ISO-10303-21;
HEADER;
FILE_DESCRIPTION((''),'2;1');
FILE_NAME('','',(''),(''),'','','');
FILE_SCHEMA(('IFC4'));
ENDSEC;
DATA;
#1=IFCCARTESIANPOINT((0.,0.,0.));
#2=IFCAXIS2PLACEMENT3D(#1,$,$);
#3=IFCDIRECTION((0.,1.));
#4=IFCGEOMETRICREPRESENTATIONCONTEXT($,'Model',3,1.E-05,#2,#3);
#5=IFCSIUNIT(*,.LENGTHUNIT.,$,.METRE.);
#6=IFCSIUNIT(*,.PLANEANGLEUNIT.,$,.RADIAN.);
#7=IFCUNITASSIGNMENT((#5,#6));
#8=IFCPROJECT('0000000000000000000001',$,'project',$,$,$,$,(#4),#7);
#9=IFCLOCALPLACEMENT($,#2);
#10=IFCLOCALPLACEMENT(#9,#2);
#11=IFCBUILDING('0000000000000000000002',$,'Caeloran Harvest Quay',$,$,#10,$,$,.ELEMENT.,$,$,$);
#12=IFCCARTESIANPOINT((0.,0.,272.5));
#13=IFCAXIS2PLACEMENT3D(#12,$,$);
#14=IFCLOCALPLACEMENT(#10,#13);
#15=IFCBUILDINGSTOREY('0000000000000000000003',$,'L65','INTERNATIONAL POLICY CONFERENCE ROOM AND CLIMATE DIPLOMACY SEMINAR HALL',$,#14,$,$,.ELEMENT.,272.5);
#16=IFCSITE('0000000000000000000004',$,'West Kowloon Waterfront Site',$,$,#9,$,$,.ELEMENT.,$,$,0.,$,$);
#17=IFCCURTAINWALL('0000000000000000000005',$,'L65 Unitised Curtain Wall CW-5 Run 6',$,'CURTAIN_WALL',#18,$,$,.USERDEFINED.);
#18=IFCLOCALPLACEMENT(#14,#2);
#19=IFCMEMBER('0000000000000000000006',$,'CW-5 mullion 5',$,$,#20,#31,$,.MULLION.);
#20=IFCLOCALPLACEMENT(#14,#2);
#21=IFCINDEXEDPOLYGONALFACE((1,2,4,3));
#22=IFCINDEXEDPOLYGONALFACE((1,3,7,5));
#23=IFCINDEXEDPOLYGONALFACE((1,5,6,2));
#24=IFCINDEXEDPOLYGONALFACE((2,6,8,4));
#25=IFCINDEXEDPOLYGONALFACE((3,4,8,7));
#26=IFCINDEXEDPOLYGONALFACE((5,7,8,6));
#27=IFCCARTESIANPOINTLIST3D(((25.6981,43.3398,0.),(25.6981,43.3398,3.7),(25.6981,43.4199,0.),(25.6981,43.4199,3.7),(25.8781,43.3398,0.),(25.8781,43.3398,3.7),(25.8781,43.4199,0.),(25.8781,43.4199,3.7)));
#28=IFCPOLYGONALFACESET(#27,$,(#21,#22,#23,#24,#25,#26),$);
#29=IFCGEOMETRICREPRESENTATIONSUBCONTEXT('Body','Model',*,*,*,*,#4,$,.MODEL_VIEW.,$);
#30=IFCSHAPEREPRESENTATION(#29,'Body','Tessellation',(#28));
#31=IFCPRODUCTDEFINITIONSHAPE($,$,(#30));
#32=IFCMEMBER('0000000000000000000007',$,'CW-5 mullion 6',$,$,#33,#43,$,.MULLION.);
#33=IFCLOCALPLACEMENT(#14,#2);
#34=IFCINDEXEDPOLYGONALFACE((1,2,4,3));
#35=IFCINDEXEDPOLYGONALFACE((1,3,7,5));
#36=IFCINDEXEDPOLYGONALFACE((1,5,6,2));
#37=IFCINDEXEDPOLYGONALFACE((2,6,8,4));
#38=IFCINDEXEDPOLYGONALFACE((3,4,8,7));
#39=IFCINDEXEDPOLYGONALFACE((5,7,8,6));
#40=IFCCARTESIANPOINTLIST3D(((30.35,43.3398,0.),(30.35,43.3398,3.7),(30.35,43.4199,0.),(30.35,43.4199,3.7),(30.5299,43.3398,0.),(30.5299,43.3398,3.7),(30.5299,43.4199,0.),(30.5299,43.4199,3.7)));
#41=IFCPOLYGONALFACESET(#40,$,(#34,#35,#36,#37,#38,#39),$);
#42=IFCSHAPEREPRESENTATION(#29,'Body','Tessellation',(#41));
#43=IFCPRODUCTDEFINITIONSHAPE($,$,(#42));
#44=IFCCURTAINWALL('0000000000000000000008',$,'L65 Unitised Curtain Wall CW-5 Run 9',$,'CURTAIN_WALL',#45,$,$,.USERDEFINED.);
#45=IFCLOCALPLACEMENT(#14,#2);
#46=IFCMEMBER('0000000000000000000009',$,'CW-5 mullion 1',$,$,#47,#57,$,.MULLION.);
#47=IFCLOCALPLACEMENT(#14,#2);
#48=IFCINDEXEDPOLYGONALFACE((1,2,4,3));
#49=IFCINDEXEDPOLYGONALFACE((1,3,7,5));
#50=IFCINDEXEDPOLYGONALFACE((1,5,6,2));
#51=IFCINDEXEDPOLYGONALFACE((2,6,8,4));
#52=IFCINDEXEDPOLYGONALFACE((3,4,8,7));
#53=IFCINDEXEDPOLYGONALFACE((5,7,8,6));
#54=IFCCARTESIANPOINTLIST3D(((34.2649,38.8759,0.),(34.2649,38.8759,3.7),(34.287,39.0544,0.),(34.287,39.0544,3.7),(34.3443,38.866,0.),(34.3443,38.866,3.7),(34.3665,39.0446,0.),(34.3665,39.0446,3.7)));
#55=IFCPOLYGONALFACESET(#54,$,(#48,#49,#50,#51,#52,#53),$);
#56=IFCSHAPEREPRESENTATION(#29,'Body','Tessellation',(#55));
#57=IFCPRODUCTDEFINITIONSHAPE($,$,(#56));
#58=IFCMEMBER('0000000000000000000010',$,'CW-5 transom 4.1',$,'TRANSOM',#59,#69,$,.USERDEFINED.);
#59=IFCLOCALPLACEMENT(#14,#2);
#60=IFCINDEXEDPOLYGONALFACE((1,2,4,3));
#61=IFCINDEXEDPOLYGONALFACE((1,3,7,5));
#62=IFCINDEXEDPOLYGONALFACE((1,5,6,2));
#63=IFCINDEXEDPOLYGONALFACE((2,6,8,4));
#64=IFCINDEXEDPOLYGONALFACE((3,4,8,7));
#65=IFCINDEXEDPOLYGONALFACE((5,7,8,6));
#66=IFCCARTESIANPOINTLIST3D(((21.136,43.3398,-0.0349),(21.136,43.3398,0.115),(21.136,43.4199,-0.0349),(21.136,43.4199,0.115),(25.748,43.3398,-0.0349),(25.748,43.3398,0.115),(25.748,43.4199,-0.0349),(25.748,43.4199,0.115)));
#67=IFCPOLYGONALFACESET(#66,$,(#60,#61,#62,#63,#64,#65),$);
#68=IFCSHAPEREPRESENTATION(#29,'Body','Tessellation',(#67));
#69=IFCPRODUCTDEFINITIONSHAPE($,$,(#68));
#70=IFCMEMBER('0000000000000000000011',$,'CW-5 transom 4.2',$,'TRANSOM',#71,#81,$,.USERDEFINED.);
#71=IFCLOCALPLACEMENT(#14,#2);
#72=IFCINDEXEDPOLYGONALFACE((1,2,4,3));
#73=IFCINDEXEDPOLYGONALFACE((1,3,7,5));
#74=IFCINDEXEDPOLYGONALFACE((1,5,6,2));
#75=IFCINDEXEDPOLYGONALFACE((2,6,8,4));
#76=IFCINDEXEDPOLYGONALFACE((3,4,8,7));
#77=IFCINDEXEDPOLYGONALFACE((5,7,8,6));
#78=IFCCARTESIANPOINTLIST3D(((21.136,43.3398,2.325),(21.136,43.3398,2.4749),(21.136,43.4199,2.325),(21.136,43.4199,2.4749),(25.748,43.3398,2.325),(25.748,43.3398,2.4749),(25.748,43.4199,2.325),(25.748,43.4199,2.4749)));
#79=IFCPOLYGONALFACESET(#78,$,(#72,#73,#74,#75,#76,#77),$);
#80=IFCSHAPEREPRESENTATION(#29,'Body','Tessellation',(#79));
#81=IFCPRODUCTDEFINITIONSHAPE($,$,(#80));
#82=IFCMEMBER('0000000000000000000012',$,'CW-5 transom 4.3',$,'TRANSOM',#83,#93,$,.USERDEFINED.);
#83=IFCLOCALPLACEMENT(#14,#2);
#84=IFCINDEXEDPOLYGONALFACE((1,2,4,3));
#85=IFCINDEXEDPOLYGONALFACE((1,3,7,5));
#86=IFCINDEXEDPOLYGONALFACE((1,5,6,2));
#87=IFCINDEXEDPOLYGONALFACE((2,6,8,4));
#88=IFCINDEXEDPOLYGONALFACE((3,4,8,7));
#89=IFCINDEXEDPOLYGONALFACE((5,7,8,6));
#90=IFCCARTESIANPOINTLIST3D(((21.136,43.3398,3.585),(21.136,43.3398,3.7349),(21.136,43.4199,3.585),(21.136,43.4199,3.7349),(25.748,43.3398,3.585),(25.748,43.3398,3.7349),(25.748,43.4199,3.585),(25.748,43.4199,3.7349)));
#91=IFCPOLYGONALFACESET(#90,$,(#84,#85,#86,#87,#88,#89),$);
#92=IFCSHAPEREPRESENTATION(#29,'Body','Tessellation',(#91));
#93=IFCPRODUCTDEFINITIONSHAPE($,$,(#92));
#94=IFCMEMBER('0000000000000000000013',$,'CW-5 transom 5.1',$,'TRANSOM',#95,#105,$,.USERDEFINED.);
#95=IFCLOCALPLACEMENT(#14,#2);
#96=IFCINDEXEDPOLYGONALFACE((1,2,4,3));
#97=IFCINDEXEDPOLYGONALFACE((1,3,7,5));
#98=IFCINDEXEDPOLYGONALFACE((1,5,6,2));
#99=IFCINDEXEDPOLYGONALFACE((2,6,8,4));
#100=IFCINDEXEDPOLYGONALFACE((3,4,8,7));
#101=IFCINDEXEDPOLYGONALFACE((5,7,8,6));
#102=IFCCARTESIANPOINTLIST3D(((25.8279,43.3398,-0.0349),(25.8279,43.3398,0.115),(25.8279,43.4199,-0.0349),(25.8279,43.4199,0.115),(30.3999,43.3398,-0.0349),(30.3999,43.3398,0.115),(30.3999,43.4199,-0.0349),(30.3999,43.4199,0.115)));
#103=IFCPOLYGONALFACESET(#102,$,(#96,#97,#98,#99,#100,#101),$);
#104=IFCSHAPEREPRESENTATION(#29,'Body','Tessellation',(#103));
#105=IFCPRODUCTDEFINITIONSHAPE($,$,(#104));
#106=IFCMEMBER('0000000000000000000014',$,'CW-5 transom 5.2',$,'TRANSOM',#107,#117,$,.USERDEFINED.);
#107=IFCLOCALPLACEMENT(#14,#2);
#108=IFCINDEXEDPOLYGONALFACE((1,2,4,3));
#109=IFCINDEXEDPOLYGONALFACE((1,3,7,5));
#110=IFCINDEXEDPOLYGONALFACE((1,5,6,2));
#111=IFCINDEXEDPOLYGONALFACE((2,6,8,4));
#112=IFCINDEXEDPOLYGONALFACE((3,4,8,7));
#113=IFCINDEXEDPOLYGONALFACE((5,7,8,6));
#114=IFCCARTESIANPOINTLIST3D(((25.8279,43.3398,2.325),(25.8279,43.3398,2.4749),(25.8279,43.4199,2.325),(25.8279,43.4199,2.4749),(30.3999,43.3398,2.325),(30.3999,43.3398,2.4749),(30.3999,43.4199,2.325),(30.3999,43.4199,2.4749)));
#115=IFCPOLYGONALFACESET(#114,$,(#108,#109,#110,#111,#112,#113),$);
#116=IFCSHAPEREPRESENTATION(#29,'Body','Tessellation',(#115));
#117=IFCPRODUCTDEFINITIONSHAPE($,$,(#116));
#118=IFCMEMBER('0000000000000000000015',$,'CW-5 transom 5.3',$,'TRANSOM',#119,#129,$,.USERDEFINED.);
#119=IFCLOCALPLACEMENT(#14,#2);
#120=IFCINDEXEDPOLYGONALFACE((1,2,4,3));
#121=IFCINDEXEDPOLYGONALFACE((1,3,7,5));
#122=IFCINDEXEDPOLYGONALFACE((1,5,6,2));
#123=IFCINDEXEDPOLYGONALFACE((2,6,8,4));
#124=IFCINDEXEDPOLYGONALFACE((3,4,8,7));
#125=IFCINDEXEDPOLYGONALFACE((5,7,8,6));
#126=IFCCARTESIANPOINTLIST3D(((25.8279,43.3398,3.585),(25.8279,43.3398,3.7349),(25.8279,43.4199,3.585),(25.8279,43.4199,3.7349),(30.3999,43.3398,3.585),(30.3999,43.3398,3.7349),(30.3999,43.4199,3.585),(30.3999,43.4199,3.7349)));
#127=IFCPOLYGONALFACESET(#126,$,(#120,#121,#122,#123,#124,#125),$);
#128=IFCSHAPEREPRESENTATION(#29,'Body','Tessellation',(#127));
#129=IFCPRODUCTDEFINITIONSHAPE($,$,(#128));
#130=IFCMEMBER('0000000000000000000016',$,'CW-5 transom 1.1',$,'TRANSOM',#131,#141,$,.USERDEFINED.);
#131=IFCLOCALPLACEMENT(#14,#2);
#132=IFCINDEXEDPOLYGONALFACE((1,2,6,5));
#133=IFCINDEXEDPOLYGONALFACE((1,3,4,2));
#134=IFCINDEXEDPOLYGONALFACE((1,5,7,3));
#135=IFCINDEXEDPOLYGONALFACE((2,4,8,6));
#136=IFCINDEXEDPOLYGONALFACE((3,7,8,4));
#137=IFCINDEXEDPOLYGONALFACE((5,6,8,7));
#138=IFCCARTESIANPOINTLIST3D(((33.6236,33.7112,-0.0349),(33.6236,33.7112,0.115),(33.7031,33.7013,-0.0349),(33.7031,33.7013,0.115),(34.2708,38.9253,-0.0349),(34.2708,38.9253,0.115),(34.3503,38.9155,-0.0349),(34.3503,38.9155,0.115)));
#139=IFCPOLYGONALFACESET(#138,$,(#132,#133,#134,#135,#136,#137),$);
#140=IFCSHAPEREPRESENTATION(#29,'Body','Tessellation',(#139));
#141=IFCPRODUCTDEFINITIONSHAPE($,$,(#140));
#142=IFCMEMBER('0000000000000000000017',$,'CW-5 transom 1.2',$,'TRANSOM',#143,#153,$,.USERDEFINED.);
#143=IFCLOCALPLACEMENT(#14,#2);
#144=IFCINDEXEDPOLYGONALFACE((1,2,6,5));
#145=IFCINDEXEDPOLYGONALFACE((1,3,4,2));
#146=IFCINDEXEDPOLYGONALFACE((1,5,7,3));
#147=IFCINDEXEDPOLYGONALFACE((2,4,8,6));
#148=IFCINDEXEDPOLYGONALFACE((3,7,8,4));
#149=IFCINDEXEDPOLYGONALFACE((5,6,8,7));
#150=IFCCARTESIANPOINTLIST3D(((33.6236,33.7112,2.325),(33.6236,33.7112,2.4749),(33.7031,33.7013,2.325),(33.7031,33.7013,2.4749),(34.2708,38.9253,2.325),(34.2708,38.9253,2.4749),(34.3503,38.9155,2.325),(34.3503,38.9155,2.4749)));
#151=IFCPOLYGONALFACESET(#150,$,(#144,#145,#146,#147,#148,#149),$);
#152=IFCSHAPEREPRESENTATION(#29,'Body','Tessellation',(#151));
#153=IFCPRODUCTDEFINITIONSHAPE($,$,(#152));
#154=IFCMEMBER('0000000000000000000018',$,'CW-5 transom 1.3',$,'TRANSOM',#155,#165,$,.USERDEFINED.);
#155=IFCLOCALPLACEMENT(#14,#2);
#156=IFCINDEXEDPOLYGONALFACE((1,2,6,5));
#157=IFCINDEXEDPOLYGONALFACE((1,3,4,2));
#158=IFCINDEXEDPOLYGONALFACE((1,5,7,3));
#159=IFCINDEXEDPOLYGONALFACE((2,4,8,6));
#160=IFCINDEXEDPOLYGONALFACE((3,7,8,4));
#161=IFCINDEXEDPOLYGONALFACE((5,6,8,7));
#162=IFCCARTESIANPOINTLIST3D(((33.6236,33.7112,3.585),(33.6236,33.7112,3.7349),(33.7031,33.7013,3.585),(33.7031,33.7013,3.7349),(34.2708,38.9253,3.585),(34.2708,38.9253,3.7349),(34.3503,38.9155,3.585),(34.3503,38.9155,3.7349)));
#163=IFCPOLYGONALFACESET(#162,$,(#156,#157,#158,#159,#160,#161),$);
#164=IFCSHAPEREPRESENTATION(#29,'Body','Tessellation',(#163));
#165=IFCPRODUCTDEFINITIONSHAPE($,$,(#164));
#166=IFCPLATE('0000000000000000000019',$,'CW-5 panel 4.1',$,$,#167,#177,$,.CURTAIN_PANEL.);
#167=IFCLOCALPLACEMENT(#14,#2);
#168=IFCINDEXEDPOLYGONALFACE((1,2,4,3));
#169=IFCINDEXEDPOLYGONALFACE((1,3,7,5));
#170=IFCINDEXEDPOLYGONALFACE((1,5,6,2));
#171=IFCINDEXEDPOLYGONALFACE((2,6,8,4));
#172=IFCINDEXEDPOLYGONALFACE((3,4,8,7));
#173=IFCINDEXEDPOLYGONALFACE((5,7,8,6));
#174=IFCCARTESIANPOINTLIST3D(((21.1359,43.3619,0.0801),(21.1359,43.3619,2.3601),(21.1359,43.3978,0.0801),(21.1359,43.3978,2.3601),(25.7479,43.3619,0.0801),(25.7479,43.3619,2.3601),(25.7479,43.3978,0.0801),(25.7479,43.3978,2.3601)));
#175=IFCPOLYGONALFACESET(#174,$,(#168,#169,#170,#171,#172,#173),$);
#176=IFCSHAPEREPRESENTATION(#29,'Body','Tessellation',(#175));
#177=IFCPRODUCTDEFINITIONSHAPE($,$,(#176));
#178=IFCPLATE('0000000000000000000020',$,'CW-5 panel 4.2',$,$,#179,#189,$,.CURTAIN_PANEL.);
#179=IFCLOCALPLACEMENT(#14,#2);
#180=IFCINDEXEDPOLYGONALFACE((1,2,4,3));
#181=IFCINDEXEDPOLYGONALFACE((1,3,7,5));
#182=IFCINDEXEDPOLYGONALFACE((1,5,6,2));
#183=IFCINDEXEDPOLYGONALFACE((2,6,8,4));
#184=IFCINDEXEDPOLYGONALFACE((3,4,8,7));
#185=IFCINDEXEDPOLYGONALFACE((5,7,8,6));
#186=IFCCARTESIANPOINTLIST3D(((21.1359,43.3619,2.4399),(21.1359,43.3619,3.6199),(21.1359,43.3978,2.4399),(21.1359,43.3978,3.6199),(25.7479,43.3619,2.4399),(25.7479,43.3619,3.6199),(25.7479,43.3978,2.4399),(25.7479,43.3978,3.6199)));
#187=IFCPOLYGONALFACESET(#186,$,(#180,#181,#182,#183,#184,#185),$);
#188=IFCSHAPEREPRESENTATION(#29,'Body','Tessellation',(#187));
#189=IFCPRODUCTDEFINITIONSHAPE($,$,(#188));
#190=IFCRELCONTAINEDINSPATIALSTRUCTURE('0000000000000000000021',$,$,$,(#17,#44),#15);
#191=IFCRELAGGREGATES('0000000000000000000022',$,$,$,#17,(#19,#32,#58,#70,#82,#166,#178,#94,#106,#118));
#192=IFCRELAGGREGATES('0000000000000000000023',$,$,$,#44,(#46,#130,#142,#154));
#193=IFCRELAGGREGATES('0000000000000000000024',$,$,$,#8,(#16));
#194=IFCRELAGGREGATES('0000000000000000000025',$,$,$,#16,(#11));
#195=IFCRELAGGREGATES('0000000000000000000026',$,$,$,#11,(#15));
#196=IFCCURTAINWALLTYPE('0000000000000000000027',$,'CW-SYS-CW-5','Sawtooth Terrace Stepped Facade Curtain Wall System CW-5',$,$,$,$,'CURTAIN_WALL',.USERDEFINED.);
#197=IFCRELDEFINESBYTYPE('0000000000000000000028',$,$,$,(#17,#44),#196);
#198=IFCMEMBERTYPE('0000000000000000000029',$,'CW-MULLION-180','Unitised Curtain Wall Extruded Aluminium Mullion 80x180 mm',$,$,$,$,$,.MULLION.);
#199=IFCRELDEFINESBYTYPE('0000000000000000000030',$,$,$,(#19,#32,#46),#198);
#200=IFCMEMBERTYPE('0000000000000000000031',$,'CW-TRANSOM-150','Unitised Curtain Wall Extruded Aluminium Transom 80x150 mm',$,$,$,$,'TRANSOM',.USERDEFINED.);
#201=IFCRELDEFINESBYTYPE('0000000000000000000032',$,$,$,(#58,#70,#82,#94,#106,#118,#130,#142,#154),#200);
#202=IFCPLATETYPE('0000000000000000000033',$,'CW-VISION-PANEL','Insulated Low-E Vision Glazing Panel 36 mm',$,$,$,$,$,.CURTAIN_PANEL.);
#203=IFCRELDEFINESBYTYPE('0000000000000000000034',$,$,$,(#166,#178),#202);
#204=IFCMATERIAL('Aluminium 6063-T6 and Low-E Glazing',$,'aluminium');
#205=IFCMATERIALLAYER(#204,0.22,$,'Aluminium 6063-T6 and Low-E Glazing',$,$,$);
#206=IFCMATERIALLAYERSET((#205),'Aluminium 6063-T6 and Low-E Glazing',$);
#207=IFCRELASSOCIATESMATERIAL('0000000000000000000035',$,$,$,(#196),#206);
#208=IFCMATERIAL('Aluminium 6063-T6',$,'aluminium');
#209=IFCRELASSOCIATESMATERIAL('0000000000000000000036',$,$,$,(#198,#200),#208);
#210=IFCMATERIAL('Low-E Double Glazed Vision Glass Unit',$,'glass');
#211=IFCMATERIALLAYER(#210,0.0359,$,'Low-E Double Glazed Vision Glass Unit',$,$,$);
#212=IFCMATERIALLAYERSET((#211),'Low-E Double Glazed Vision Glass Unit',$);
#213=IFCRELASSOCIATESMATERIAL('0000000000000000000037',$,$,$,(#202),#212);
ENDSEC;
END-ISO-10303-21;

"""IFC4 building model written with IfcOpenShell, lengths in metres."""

from ifc_helpers import new_model, si_unit, direction, frame, origin, origin_2d, place, context, subcontext, project, spatial, rectangle, extrude, material, layer, layer_set, material_profile, profile_set, type_object, element, aggregate, save


model = new_model("IFC4")

# Units and contexts
model_context = context("Model", 3, precision=1e-05, world=origin(), true_north=direction((0.0, 1.0)))
body_context = subcontext(model_context, "Body", "Model", "MODEL_VIEW")
ifc_project = project(units=[si_unit("LENGTHUNIT", "METRE"), si_unit("PLANEANGLEUNIT", "RADIAN")], contexts=[model_context])

# Site, building, storey
site_placement = place(None, origin())
site = spatial("IfcSite", under=ifc_project, at=site_placement, Name="West Kowloon Waterfront Site", CompositionType="ELEMENT", RefElevation=0.0)
building_placement = place(site_placement, origin())
building = spatial("IfcBuilding", under=site, at=building_placement, Name="Caeloran Harvest Quay", CompositionType="ELEMENT")
storey_placement = place(building_placement, frame((0.0, 0.0, 272.5)))
storey = spatial("IfcBuildingStorey", under=building, at=storey_placement, Name="L65", Description="INTERNATIONAL POLICY CONFERENCE ROOM AND CLIMATE DIPLOMACY SEMINAR HALL", CompositionType="ELEMENT", Elevation=272.5)

# Curtain wall, members
ifc_material_1 = material(Name="Aluminium 6063-T6 and Low-E Glazing", Category="aluminium")
ifc_layer_1 = layer(ifc_material_1, 0.22, Name="Aluminium 6063-T6 and Low-E Glazing")
ifc_layer_set_1 = layer_set([ifc_layer_1], Name="Aluminium 6063-T6 and Low-E Glazing")
curtain_wall_type = type_object("IfcCurtainWallType", Name="CW-SYS-CW-5", Description="Sawtooth Terrace Stepped Facade Curtain Wall System CW-5", ElementType="CURTAIN_WALL", PredefinedType="USERDEFINED", material=ifc_layer_set_1)
curtain_wall_1_placement = place(storey_placement, origin())
curtain_wall_1 = element("IfcCurtainWall", 1, at=curtain_wall_1_placement, inside=storey, type_object=curtain_wall_type, Name="L65 Unitised Curtain Wall CW-5 Run 6", ObjectType="CURTAIN_WALL", PredefinedType="USERDEFINED")
ifc_material_2 = material(Name="Aluminium 6063-T6", Category="aluminium")
ifc_material_profile_1 = material_profile(ifc_material_2, rectangle(XDim=0.0801, YDim=0.1799, at=origin_2d()), Name="CW-MULLION-180")
ifc_profile_set_1 = profile_set([ifc_material_profile_1], Name="Aluminium 6063-T6")
member_type_1 = type_object("IfcMemberType", Name="CW-MULLION-180", Description="Unitised Curtain Wall Extruded Aluminium Mullion 80x180 mm", PredefinedType="MULLION", material=ifc_profile_set_1)
member_1_placement = place(storey_placement, frame((25.7881, 43.3799, 0.0), z_axis=(0.0, 0.0, 1.0), x_axis=(0.0, 1.0, 0.0)))
member_1 = element("IfcMember", 2, at=member_1_placement, type_object=member_type_1, Name="CW-5 mullion 5", PredefinedType="MULLION", context=body_context, shape_type="SweptSolid", body=[
    extrude(rectangle(XDim=0.0801, YDim=0.1799, at=origin_2d()), origin(), (0.0, 0.0, 1.0), 3.7),
])
member_2_placement = place(storey_placement, frame((30.4399, 43.3799, 0.0), z_axis=(0.0, 0.0, 1.0), x_axis=(0.0, 1.0, 0.0)))
member_2 = element("IfcMember", 3, at=member_2_placement, type_object=member_type_1, Name="CW-5 mullion 6", PredefinedType="MULLION", context=body_context, shape_type="SweptSolid", body=[
    extrude(rectangle(XDim=0.0801, YDim=0.1799, at=origin_2d()), origin(), (0.0, 0.0, 1.0), 3.7),
])

# Curtain wall, member
curtain_wall_2_placement = place(storey_placement, origin())
curtain_wall_2 = element("IfcCurtainWall", 4, at=curtain_wall_2_placement, inside=storey, type_object=curtain_wall_type, Name="L65 Unitised Curtain Wall CW-5 Run 9", ObjectType="CURTAIN_WALL", PredefinedType="USERDEFINED")
member_3_placement = place(storey_placement, frame((34.3157, 38.9602, 0.0), z_axis=(0.0, 0.0, 1.0), x_axis=(0.992383, -0.12319, 0.0)))
member_3 = element("IfcMember", 5, at=member_3_placement, type_object=member_type_1, Name="CW-5 mullion 1", PredefinedType="MULLION", context=body_context, shape_type="SweptSolid", body=[
    extrude(rectangle(XDim=0.0801, YDim=0.1799, at=origin_2d()), origin(), (0.0, 0.0, 1.0), 3.7),
])

# Members
ifc_material_profile_2 = material_profile(ifc_material_2, rectangle(XDim=0.0801, YDim=0.1499, at=origin_2d()), Name="CW-TRANSOM-150")
ifc_profile_set_2 = profile_set([ifc_material_profile_2], Name="Aluminium 6063-T6")
member_type_2 = type_object("IfcMemberType", Name="CW-TRANSOM-150", Description="Unitised Curtain Wall Extruded Aluminium Transom 80x150 mm", ElementType="TRANSOM", PredefinedType="USERDEFINED", material=ifc_profile_set_2)
member_4_placement = place(storey_placement, frame((21.136, 43.3799, 0.04), z_axis=(1.0, 0.0, 0.0), x_axis=(0.0, 1.0, 0.0)))
member_4 = element("IfcMember", 6, at=member_4_placement, type_object=member_type_2, Name="CW-5 transom 4.1", ObjectType="TRANSOM", PredefinedType="USERDEFINED", context=body_context, shape_type="SweptSolid", body=[
    extrude(rectangle(XDim=0.0801, YDim=0.1499, at=origin_2d()), origin(), (0.0, 0.0, 1.0), 4.6121),
])
member_5_placement = place(storey_placement, frame((21.136, 43.3799, 2.3999), z_axis=(1.0, 0.0, 0.0), x_axis=(0.0, 1.0, 0.0)))
member_5 = element("IfcMember", 7, at=member_5_placement, type_object=member_type_2, Name="CW-5 transom 4.2", ObjectType="TRANSOM", PredefinedType="USERDEFINED", context=body_context, shape_type="SweptSolid", body=[
    extrude(rectangle(XDim=0.0801, YDim=0.1499, at=origin_2d()), origin(), (0.0, 0.0, 1.0), 4.6121),
])
member_6_placement = place(storey_placement, frame((21.136, 43.3799, 3.6599), z_axis=(1.0, 0.0, 0.0), x_axis=(0.0, 1.0, 0.0)))
member_6 = element("IfcMember", 8, at=member_6_placement, type_object=member_type_2, Name="CW-5 transom 4.3", ObjectType="TRANSOM", PredefinedType="USERDEFINED", context=body_context, shape_type="SweptSolid", body=[
    extrude(rectangle(XDim=0.0801, YDim=0.1499, at=origin_2d()), origin(), (0.0, 0.0, 1.0), 4.6121),
])
member_7_placement = place(storey_placement, frame((25.8279, 43.3799, 0.04), z_axis=(1.0, 0.0, 0.0), x_axis=(0.0, 1.0, 0.0)))
member_7 = element("IfcMember", 9, at=member_7_placement, type_object=member_type_2, Name="CW-5 transom 5.1", ObjectType="TRANSOM", PredefinedType="USERDEFINED", context=body_context, shape_type="SweptSolid", body=[
    extrude(rectangle(XDim=0.0801, YDim=0.1499, at=origin_2d()), origin(), (0.0, 0.0, 1.0), 4.572),
])
member_8_placement = place(storey_placement, frame((25.8279, 43.3799, 2.3999), z_axis=(1.0, 0.0, 0.0), x_axis=(0.0, 1.0, 0.0)))
member_8 = element("IfcMember", 10, at=member_8_placement, type_object=member_type_2, Name="CW-5 transom 5.2", ObjectType="TRANSOM", PredefinedType="USERDEFINED", context=body_context, shape_type="SweptSolid", body=[
    extrude(rectangle(XDim=0.0801, YDim=0.1499, at=origin_2d()), origin(), (0.0, 0.0, 1.0), 4.572),
])
member_9_placement = place(storey_placement, frame((25.8279, 43.3799, 3.6599), z_axis=(1.0, 0.0, 0.0), x_axis=(0.0, 1.0, 0.0)))
member_9 = element("IfcMember", 11, at=member_9_placement, type_object=member_type_2, Name="CW-5 transom 5.3", ObjectType="TRANSOM", PredefinedType="USERDEFINED", context=body_context, shape_type="SweptSolid", body=[
    extrude(rectangle(XDim=0.0801, YDim=0.1499, at=origin_2d()), origin(), (0.0, 0.0, 1.0), 4.572),
])
member_10_placement = place(storey_placement, frame((34.3105, 38.9204, 0.04), z_axis=(-0.123183, -0.992384, 0.0), x_axis=(0.992384, -0.123183, 0.0)))
member_10 = element("IfcMember", 12, at=member_10_placement, type_object=member_type_2, Name="CW-5 transom 1.1", ObjectType="TRANSOM", PredefinedType="USERDEFINED", context=body_context, shape_type="SweptSolid", body=[
    extrude(rectangle(XDim=0.0801, YDim=0.1499, at=origin_2d()), origin(), (0.0, 0.0, 1.0), 5.2542),
])
member_11_placement = place(storey_placement, frame((34.3105, 38.9204, 2.3999), z_axis=(-0.123183, -0.992384, 0.0), x_axis=(0.992384, -0.123183, 0.0)))
member_11 = element("IfcMember", 13, at=member_11_placement, type_object=member_type_2, Name="CW-5 transom 1.2", ObjectType="TRANSOM", PredefinedType="USERDEFINED", context=body_context, shape_type="SweptSolid", body=[
    extrude(rectangle(XDim=0.0801, YDim=0.1499, at=origin_2d()), origin(), (0.0, 0.0, 1.0), 5.2542),
])
member_12_placement = place(storey_placement, frame((34.3105, 38.9204, 3.6599), z_axis=(-0.123183, -0.992384, 0.0), x_axis=(0.992384, -0.123183, 0.0)))
member_12 = element("IfcMember", 14, at=member_12_placement, type_object=member_type_2, Name="CW-5 transom 1.3", ObjectType="TRANSOM", PredefinedType="USERDEFINED", context=body_context, shape_type="SweptSolid", body=[
    extrude(rectangle(XDim=0.0801, YDim=0.1499, at=origin_2d()), origin(), (0.0, 0.0, 1.0), 5.2542),
])

# Plates
ifc_material_3 = material(Name="Low-E Double Glazed Vision Glass Unit", Category="glass")
ifc_layer_2 = layer(ifc_material_3, 0.0359, Name="Low-E Double Glazed Vision Glass Unit")
ifc_layer_set_2 = layer_set([ifc_layer_2], Name="Low-E Double Glazed Vision Glass Unit")
plate_type = type_object("IfcPlateType", Name="CW-VISION-PANEL", Description="Insulated Low-E Vision Glazing Panel 36 mm", PredefinedType="CURTAIN_PANEL", material=ifc_layer_set_2)
plate_1_placement = place(storey_placement, frame((23.4419, 43.3799, 0.0801), z_axis=(0.0, 0.0, 1.0), x_axis=(1.0, 0.0, 0.0)))
plate_1 = element("IfcPlate", 15, at=plate_1_placement, type_object=plate_type, Name="CW-5 panel 4.1", PredefinedType="CURTAIN_PANEL", context=body_context, shape_type="SweptSolid", body=[
    extrude(rectangle(XDim=4.6121, YDim=0.0359, at=origin_2d()), origin(), (0.0, 0.0, 1.0), 2.28),
])
plate_2_placement = place(storey_placement, frame((23.4419, 43.3799, 2.4399), z_axis=(0.0, 0.0, 1.0), x_axis=(1.0, 0.0, 0.0)))
plate_2 = element("IfcPlate", 16, at=plate_2_placement, type_object=plate_type, Name="CW-5 panel 4.2", PredefinedType="CURTAIN_PANEL", context=body_context, shape_type="SweptSolid", body=[
    extrude(rectangle(XDim=4.6121, YDim=0.0359, at=origin_2d()), origin(), (0.0, 0.0, 1.0), 1.1799),
])
aggregate(curtain_wall_1, [member_1, member_2, member_4, member_5, member_6, plate_1, plate_2, member_7, member_8, member_9])
aggregate(curtain_wall_2, [member_3, member_10, member_11, member_12])

save(model, "model.ifc")
